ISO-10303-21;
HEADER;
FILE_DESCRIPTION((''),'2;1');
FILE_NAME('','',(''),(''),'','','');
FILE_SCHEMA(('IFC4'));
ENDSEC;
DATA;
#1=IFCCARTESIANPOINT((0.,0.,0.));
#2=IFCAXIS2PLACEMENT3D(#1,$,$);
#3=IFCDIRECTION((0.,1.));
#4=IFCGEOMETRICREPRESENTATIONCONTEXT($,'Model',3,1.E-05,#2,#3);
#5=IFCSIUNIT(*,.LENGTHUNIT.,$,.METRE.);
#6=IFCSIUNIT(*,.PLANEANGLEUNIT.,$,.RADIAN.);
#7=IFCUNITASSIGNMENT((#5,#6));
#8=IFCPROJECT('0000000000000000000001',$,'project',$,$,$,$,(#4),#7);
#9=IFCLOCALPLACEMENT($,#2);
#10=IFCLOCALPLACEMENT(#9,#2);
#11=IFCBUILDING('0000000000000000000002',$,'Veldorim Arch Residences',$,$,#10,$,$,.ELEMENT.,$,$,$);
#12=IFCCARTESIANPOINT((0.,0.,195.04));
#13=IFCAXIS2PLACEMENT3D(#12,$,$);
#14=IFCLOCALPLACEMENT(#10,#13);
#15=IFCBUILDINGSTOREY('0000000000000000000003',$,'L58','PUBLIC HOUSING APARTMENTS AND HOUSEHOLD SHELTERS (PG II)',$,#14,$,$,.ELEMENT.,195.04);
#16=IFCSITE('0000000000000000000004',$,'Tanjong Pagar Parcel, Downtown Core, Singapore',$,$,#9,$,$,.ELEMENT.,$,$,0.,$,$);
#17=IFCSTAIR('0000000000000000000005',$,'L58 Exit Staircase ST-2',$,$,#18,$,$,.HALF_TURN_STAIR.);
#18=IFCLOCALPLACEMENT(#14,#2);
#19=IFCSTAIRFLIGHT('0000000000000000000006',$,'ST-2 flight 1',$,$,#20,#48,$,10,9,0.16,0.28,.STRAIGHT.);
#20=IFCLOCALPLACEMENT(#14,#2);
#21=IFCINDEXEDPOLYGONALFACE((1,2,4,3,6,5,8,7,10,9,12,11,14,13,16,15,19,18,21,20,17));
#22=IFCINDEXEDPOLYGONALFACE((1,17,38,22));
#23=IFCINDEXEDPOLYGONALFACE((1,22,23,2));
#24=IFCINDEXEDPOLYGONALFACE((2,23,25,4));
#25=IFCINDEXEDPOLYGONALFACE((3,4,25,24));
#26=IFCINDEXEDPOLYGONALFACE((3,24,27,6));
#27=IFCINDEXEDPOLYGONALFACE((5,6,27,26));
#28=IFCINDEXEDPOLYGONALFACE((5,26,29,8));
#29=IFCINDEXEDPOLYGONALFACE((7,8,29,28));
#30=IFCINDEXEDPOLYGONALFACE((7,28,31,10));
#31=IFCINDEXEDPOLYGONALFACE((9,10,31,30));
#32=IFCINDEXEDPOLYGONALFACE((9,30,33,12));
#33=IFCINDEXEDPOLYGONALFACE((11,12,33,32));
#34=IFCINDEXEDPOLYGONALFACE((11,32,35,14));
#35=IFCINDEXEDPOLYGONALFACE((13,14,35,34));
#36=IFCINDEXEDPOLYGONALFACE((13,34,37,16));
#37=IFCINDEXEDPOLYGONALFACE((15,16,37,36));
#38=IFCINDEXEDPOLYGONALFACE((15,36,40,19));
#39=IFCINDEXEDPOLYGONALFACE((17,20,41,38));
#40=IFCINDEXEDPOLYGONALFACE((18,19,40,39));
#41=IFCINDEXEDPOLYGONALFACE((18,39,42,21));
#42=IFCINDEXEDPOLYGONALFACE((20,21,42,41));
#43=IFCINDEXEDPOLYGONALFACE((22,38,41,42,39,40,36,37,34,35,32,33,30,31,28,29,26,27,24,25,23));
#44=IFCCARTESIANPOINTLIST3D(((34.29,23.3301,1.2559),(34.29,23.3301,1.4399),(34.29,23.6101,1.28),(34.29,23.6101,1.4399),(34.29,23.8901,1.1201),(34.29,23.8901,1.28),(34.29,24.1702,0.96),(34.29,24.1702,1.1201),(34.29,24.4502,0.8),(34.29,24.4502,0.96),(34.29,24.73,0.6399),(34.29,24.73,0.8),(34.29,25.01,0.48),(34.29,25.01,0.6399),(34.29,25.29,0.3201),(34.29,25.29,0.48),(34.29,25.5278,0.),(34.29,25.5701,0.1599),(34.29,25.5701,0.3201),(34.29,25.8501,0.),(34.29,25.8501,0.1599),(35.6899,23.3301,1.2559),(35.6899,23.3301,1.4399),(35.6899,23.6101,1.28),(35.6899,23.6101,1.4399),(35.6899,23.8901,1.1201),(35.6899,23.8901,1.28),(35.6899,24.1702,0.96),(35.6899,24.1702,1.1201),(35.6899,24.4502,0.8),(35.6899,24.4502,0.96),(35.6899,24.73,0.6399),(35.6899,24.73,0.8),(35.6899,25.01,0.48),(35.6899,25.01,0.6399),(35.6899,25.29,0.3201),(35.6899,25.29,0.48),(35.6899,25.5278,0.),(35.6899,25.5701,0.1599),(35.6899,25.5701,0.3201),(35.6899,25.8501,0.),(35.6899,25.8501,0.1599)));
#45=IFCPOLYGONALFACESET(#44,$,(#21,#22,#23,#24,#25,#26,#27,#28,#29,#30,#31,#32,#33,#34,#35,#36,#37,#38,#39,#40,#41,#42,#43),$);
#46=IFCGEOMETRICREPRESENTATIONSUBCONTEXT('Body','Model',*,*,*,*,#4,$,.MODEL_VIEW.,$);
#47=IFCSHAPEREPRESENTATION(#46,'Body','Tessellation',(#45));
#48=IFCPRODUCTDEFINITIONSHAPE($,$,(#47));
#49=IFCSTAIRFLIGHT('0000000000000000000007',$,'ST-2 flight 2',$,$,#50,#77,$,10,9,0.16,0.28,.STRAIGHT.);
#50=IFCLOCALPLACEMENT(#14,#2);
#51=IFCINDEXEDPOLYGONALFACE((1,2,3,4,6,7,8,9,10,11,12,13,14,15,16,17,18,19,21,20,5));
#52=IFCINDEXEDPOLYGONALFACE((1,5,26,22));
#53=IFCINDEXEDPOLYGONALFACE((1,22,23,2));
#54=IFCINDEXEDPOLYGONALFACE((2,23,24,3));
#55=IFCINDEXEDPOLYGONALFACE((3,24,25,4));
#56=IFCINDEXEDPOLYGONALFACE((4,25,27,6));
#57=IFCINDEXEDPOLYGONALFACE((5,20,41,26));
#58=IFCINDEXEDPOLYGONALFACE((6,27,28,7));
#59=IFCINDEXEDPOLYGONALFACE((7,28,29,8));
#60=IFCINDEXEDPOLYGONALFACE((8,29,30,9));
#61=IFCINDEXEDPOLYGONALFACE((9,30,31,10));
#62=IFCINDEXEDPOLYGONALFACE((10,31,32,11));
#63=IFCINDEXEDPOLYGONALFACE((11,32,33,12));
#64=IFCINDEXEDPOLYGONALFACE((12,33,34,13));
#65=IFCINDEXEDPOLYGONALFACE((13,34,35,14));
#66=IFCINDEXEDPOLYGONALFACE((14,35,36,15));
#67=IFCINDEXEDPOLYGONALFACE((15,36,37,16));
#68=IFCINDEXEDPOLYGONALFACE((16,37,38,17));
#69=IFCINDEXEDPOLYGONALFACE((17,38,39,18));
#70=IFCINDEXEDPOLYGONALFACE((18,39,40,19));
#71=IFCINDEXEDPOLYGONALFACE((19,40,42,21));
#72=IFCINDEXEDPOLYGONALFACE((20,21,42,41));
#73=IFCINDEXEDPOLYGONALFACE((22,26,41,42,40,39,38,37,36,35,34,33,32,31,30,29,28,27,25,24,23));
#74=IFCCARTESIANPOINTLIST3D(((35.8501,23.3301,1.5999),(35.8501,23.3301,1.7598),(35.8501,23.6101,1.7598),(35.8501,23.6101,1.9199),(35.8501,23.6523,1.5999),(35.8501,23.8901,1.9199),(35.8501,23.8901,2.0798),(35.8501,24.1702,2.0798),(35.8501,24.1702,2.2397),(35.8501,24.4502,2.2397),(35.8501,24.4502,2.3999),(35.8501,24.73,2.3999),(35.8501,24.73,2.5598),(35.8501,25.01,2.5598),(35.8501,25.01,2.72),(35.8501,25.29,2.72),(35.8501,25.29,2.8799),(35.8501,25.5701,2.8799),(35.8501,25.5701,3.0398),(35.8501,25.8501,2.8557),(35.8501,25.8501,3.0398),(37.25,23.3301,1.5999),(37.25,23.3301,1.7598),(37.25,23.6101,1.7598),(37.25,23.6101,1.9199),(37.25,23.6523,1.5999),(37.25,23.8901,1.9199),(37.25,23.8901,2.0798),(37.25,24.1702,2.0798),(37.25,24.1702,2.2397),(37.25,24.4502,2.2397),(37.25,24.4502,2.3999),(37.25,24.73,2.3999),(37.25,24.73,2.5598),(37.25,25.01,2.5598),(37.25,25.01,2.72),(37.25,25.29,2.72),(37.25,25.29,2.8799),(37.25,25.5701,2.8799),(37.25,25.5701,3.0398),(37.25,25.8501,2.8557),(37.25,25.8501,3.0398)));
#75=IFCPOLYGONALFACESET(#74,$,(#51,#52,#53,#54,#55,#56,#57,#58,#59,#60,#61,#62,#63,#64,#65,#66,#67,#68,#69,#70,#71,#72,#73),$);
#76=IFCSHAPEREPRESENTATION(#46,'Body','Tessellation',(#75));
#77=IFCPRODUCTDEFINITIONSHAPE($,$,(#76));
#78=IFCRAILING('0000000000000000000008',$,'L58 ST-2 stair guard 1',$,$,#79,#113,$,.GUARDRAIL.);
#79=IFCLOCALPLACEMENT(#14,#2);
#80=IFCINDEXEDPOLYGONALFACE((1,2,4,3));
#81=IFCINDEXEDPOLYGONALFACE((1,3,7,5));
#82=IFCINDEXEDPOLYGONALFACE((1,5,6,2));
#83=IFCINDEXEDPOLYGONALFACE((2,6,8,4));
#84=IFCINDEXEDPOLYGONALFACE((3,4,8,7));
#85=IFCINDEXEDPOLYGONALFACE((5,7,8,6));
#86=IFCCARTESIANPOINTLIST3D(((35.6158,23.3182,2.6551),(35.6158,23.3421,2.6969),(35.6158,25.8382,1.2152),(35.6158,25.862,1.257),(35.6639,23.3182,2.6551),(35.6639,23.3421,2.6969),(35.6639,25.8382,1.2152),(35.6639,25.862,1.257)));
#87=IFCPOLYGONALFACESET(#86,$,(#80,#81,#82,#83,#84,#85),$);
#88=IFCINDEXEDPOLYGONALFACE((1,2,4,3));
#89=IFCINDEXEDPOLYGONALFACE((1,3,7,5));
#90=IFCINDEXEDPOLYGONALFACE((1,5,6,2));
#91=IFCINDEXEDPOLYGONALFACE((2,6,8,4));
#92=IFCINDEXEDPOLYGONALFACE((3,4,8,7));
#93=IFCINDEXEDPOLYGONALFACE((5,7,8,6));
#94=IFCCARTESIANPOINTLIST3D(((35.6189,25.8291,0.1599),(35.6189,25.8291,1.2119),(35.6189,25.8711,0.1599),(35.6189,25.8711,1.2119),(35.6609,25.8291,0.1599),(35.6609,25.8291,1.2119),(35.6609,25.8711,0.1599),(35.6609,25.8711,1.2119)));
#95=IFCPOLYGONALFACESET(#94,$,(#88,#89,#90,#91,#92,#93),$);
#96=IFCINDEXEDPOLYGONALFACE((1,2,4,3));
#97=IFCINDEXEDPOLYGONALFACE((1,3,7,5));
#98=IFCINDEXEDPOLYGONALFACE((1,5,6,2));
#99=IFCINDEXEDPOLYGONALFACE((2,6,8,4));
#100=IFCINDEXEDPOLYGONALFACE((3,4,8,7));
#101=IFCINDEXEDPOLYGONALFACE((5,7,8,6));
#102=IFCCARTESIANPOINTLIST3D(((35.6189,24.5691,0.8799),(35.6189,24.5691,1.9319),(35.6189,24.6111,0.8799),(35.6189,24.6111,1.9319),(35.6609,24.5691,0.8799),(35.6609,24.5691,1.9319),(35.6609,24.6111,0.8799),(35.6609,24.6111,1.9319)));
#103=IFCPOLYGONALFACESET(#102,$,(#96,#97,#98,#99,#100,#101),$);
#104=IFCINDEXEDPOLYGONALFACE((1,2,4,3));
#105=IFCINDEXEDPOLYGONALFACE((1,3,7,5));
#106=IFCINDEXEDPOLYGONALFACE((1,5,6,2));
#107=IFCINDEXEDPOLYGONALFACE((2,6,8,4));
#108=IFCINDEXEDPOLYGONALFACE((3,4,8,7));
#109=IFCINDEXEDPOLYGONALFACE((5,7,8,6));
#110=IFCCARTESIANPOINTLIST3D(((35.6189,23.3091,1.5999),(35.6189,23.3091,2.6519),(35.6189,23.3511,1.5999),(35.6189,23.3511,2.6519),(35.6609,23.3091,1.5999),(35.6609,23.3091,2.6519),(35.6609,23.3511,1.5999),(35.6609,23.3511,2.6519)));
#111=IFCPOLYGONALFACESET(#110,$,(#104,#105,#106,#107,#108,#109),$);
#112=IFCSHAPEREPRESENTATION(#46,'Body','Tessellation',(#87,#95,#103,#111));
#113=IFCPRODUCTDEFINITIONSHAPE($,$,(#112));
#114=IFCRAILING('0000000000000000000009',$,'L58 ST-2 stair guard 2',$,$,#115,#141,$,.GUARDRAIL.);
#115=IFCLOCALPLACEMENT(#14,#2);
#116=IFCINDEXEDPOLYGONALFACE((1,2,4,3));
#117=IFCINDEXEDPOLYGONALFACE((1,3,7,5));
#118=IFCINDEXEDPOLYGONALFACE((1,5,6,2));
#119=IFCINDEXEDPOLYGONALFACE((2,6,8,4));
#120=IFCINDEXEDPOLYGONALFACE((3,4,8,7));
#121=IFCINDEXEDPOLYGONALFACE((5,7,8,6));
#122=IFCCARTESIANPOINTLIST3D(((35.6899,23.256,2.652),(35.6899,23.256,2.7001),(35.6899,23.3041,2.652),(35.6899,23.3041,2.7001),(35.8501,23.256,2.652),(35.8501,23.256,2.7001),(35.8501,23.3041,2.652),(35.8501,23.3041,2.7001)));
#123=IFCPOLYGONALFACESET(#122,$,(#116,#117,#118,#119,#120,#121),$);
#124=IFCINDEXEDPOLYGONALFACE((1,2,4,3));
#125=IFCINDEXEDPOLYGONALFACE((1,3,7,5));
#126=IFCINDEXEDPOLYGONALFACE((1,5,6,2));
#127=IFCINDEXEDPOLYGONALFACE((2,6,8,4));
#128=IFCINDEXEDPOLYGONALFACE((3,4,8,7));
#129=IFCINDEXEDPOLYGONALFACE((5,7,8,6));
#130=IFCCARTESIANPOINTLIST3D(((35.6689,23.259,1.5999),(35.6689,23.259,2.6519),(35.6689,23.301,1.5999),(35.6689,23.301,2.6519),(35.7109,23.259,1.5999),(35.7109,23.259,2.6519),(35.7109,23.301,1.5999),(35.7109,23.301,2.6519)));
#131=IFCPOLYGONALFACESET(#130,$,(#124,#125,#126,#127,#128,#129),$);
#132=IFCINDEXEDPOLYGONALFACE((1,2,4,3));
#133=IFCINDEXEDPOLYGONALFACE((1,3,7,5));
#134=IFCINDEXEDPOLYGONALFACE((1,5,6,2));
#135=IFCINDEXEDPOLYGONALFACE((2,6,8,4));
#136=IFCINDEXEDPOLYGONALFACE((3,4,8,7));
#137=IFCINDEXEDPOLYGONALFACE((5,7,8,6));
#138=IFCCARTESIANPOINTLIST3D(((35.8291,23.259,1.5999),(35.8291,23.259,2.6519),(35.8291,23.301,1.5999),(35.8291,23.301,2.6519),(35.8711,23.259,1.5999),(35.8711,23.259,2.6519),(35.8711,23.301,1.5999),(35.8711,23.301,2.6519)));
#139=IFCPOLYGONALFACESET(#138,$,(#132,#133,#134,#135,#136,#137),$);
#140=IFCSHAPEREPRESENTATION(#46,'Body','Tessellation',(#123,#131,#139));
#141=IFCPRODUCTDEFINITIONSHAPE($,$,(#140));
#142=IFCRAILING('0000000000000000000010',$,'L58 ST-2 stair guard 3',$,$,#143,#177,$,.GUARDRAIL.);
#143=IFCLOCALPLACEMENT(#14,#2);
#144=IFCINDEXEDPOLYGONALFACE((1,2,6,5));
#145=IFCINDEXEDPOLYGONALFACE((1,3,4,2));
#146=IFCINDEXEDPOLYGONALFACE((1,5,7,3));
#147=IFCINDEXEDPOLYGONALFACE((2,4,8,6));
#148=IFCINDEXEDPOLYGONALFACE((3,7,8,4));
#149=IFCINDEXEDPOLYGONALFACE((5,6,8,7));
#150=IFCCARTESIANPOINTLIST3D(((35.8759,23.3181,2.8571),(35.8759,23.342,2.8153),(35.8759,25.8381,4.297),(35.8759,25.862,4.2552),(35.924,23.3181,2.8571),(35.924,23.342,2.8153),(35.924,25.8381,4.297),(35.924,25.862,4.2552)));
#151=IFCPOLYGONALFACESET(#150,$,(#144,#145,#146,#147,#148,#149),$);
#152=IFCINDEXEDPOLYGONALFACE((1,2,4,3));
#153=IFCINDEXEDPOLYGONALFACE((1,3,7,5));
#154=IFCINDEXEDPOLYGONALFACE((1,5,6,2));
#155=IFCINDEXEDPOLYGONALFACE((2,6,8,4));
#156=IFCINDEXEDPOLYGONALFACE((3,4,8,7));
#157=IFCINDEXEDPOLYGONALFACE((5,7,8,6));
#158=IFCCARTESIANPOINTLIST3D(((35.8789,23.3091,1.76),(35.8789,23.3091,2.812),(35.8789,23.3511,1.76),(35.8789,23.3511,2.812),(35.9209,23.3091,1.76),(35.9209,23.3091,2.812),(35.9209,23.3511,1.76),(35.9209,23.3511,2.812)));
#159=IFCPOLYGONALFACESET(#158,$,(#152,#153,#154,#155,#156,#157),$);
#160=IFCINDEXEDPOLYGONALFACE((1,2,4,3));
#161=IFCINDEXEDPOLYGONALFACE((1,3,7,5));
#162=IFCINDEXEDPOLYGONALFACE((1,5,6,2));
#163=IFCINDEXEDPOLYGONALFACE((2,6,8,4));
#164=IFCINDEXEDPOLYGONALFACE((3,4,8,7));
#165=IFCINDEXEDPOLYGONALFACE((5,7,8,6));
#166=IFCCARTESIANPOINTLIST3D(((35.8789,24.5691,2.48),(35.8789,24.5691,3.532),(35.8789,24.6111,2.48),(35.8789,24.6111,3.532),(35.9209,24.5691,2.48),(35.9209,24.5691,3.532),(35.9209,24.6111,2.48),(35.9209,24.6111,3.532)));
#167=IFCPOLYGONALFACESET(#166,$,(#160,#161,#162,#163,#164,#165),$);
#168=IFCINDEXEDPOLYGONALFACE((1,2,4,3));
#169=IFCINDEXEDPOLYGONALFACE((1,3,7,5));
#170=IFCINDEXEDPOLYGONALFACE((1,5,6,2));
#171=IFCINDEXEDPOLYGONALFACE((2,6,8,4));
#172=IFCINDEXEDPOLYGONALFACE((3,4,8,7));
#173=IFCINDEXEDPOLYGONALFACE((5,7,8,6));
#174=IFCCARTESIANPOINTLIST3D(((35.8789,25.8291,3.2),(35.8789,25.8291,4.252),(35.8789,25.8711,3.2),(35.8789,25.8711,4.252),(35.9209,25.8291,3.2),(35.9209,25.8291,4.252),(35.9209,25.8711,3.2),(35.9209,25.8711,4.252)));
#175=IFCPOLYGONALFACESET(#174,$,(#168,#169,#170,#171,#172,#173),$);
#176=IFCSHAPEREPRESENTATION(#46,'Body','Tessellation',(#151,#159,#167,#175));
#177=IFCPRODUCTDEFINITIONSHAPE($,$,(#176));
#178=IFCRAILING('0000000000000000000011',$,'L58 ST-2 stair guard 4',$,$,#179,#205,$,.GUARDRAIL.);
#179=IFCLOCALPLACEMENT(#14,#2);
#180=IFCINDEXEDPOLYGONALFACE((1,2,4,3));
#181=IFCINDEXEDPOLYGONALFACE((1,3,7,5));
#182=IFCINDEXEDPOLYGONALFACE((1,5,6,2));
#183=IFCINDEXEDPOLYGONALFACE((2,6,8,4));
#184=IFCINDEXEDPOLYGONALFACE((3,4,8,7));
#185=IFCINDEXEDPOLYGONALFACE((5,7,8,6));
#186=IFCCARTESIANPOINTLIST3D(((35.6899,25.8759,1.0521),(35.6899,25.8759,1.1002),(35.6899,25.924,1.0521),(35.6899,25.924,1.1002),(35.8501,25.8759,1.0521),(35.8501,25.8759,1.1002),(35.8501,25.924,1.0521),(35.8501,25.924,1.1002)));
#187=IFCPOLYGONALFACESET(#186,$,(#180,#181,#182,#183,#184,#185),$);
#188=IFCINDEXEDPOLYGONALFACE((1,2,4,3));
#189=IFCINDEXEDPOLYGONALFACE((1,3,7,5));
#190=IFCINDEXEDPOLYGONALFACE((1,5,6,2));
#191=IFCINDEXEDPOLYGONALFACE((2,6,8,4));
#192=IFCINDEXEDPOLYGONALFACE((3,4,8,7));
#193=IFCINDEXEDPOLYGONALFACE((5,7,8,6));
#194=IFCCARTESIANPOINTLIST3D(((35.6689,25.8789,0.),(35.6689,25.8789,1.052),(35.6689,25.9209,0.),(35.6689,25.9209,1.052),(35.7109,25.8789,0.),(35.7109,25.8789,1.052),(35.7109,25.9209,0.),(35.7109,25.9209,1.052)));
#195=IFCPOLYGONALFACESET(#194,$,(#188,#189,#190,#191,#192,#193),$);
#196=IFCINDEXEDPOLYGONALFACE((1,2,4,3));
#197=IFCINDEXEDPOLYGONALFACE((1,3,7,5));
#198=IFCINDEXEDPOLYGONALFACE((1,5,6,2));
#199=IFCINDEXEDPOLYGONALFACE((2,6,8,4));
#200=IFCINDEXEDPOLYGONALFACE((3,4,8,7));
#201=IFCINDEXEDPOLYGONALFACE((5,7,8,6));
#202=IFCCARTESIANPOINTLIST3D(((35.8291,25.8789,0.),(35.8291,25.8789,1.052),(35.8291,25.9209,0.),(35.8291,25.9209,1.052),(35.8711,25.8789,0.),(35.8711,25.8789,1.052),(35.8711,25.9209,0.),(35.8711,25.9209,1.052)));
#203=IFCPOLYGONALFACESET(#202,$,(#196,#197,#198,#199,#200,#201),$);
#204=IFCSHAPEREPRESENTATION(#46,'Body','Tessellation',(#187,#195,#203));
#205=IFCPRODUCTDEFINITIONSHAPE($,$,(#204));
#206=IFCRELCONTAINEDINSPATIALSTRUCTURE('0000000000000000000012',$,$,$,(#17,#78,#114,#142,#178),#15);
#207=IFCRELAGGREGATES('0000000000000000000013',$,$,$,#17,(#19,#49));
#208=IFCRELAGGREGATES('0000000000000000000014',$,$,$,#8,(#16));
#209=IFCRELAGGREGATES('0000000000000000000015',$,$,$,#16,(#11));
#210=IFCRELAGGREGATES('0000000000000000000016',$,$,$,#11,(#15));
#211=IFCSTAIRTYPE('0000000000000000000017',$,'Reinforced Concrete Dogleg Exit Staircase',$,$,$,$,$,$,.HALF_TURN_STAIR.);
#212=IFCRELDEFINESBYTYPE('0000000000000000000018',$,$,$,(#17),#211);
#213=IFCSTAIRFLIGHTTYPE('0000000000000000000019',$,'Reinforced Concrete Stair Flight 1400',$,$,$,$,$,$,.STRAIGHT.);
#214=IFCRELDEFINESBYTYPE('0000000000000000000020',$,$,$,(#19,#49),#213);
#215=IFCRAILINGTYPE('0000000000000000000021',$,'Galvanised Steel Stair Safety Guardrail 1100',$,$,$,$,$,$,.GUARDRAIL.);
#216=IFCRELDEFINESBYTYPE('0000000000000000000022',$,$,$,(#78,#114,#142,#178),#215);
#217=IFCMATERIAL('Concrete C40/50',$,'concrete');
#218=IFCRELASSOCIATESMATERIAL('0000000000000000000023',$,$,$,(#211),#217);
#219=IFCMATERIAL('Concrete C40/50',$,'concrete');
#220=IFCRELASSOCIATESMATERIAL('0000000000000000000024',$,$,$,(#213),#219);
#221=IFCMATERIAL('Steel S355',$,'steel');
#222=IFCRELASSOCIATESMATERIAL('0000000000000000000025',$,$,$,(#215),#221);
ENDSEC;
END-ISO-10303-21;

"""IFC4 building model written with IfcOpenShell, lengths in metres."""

from ifc_helpers import new_model, si_unit, direction, frame, origin, origin_2d, place, context, subcontext, project, spatial, polyline, rectangle, outline, extrude, material, type_object, element, aggregate, save


model = new_model("IFC4")

# Units and contexts
model_context = context("Model", 3, precision=1e-05, world=origin(), true_north=direction((0.0, 1.0)))
body_context = subcontext(model_context, "Body", "Model", "MODEL_VIEW")
ifc_project = project(units=[si_unit("LENGTHUNIT", "METRE"), si_unit("PLANEANGLEUNIT", "RADIAN")], contexts=[model_context])

# Site, building, storey
site_placement = place(None, origin())
site = spatial("IfcSite", under=ifc_project, at=site_placement, Name="Tanjong Pagar Parcel, Downtown Core, Singapore", CompositionType="ELEMENT", RefElevation=0.0)
building_placement = place(site_placement, origin())
building = spatial("IfcBuilding", under=site, at=building_placement, Name="Veldorim Arch Residences", CompositionType="ELEMENT")
storey_placement = place(building_placement, frame((0.0, 0.0, 195.04)))
storey = spatial("IfcBuildingStorey", under=building, at=storey_placement, Name="L58", Description="PUBLIC HOUSING APARTMENTS AND HOUSEHOLD SHELTERS (PG II)", CompositionType="ELEMENT", Elevation=195.04)

# Stair, stair flights
ifc_material_1 = material(Name="Concrete C40/50", Category="concrete")
stair_type = type_object("IfcStairType", Name="Reinforced Concrete Dogleg Exit Staircase", PredefinedType="HALF_TURN_STAIR", material=ifc_material_1)
stair_placement = place(storey_placement, origin())
stair = element("IfcStair", 1, at=stair_placement, inside=storey, type_object=stair_type, Name="L58 Exit Staircase ST-2", PredefinedType="HALF_TURN_STAIR")
ifc_material_2 = material(Name="Concrete C40/50", Category="concrete")
stair_flight_type = type_object("IfcStairFlightType", Name="Reinforced Concrete Stair Flight 1400", PredefinedType="STRAIGHT", material=ifc_material_2)
stair_flight_1_placement = place(storey_placement, frame((34.99, 25.8501, 0.0), z_axis=(0.0, 0.0, 1.0), x_axis=(0.0, -1.0, 0.0)))
stair_flight_1 = element("IfcStairFlight", 2, at=stair_flight_1_placement, type_object=stair_flight_type, Name="ST-2 flight 1", NumberOfRisers=10, NumberOfTreads=9, PredefinedType="STRAIGHT", RiserHeight=0.16, TreadLength=0.28, context=body_context, shape_type="SweptSolid", body=[
    extrude(outline(polyline([(0.0, 0.0), (0.0, 0.1599), (0.28, 0.1599), (0.28, 0.3201), (0.5601, 0.3201), (0.5601, 0.48), (0.8401, 0.48), (0.8401, 0.6399), (1.1201, 0.6399), (1.1201, 0.8), (1.3999, 0.8), (1.3999, 0.96), (1.6799, 0.96), (1.6799, 1.1201), (1.96, 1.1201), (1.96, 1.28), (2.24, 1.28), (2.24, 1.4399), (2.52, 1.4399), (2.52, 1.6001), (2.52, 1.2559), (0.3223, 0.0), (0.0, 0.0)])), frame((0.0, 0.7, 0.0), z_axis=(0.0, -1.0, 0.0), x_axis=(1.0, 0.0, 0.0)), (0.0, 0.0, 1.0), 1.3999),
])
stair_flight_2_placement = place(storey_placement, frame((36.55, 23.3301, 1.5999), z_axis=(0.0, 0.0, 1.0), x_axis=(0.0, 1.0, 0.0)))
stair_flight_2 = element("IfcStairFlight", 3, at=stair_flight_2_placement, type_object=stair_flight_type, Name="ST-2 flight 2", NumberOfRisers=10, NumberOfTreads=9, PredefinedType="STRAIGHT", RiserHeight=0.16, TreadLength=0.28, context=body_context, shape_type="SweptSolid", body=[
    extrude(outline(polyline([(0.0, 0.0), (0.0, 0.1599), (0.28, 0.1599), (0.28, 0.3201), (0.5601, 0.3201), (0.5601, 0.48), (0.8401, 0.48), (0.8401, 0.6399), (1.1201, 0.6399), (1.1201, 0.8), (1.3999, 0.8), (1.3999, 0.96), (1.6799, 0.96), (1.6799, 1.1201), (1.96, 1.1201), (1.96, 1.28), (2.24, 1.28), (2.24, 1.4399), (2.52, 1.4399), (2.52, 1.6001), (2.52, 1.2559), (0.3223, 0.0), (0.0, 0.0)])), frame((0.0, 0.7, 0.0), z_axis=(0.0, -1.0, 0.0), x_axis=(1.0, 0.0, 0.0)), (0.0, 0.0, 1.0), 1.3999),
])
aggregate(stair, [stair_flight_1, stair_flight_2])

# Railings
ifc_material_3 = material(Name="Steel S355", Category="steel")
railing_type_1 = type_object("IfcRailingType", Name="Galvanised Steel Stair Safety Guardrail 1100", PredefinedType="GUARDRAIL", material=ifc_material_3)
railing_1_placement = place(storey_placement, frame((35.6399, 25.8501, 0.1599)))
element("IfcRailing", 4, at=railing_1_placement, inside=storey, type_object=railing_type_1, Name="L58 ST-2 stair guard 1", PredefinedType="GUARDRAIL", context=body_context, shape_type="SweptSolid", body=[
    extrude(rectangle(XDim=0.0481, YDim=0.0481, at=origin_2d()), frame((0.0, 0.0, 1.0762), z_axis=(0.0, -0.868253, 0.496121), x_axis=(1.0, 0.0, 0.0)), (0.0, 0.0, 1.0), 2.9023),
    extrude(rectangle(XDim=0.042, YDim=0.042, at=origin_2d()), origin(), (0.0, 0.0, 1.0), 1.052),
    extrude(rectangle(XDim=0.042, YDim=0.042, at=origin_2d()), frame((0.0, -1.26, 0.72)), (0.0, 0.0, 1.0), 1.052),
    extrude(rectangle(XDim=0.042, YDim=0.042, at=origin_2d()), frame((0.0, -2.52, 1.4399)), (0.0, 0.0, 1.0), 1.052),
])
railing_2_placement = place(storey_placement, frame((35.6899, 23.28, 1.5999)))
element("IfcRailing", 5, at=railing_2_placement, inside=storey, type_object=railing_type_1, Name="L58 ST-2 stair guard 2", PredefinedType="GUARDRAIL", context=body_context, shape_type="SweptSolid", body=[
    extrude(rectangle(XDim=0.0481, YDim=0.0481, at=origin_2d()), frame((0.0, 0.0, 1.0762), z_axis=(1.0, 0.0, 0.0), x_axis=(0.0, 1.0, 0.0)), (0.0, 0.0, 1.0), 0.1602),
    extrude(rectangle(XDim=0.042, YDim=0.042, at=origin_2d()), origin(), (0.0, 0.0, 1.0), 1.052),
    extrude(rectangle(XDim=0.042, YDim=0.042, at=origin_2d()), frame((0.1602, 0.0, 0.0)), (0.0, 0.0, 1.0), 1.052),
])
railing_3_placement = place(storey_placement, frame((35.8999, 23.3301, 1.76)))
element("IfcRailing", 6, at=railing_3_placement, inside=storey, type_object=railing_type_1, Name="L58 ST-2 stair guard 3", PredefinedType="GUARDRAIL", context=body_context, shape_type="SweptSolid", body=[
    extrude(rectangle(XDim=0.0481, YDim=0.0481, at=origin_2d()), frame((0.0, 0.0, 1.0762), z_axis=(0.0, 0.868253, 0.496121), x_axis=(-1.0, 0.0, 0.0)), (0.0, 0.0, 1.0), 2.9023),
    extrude(rectangle(XDim=0.042, YDim=0.042, at=origin_2d()), origin(), (0.0, 0.0, 1.0), 1.052),
    extrude(rectangle(XDim=0.042, YDim=0.042, at=origin_2d()), frame((0.0, 1.26, 0.72)), (0.0, 0.0, 1.0), 1.052),
    extrude(rectangle(XDim=0.042, YDim=0.042, at=origin_2d()), frame((0.0, 2.52, 1.4399)), (0.0, 0.0, 1.0), 1.052),
])
railing_4_placement = place(storey_placement, frame((35.6899, 25.8999, 0.0)))
element("IfcRailing", 7, at=railing_4_placement, inside=storey, type_object=railing_type_1, Name="L58 ST-2 stair guard 4", PredefinedType="GUARDRAIL", context=body_context, shape_type="SweptSolid", body=[
    extrude(rectangle(XDim=0.0481, YDim=0.0481, at=origin_2d()), frame((0.0, 0.0, 1.0762), z_axis=(1.0, 0.0, 0.0), x_axis=(0.0, 1.0, 0.0)), (0.0, 0.0, 1.0), 0.1602),
    extrude(rectangle(XDim=0.042, YDim=0.042, at=origin_2d()), origin(), (0.0, 0.0, 1.0), 1.052),
    extrude(rectangle(XDim=0.042, YDim=0.042, at=origin_2d()), frame((0.1602, 0.0, 0.0)), (0.0, 0.0, 1.0), 1.052),
])

save(model, "model.ifc")
